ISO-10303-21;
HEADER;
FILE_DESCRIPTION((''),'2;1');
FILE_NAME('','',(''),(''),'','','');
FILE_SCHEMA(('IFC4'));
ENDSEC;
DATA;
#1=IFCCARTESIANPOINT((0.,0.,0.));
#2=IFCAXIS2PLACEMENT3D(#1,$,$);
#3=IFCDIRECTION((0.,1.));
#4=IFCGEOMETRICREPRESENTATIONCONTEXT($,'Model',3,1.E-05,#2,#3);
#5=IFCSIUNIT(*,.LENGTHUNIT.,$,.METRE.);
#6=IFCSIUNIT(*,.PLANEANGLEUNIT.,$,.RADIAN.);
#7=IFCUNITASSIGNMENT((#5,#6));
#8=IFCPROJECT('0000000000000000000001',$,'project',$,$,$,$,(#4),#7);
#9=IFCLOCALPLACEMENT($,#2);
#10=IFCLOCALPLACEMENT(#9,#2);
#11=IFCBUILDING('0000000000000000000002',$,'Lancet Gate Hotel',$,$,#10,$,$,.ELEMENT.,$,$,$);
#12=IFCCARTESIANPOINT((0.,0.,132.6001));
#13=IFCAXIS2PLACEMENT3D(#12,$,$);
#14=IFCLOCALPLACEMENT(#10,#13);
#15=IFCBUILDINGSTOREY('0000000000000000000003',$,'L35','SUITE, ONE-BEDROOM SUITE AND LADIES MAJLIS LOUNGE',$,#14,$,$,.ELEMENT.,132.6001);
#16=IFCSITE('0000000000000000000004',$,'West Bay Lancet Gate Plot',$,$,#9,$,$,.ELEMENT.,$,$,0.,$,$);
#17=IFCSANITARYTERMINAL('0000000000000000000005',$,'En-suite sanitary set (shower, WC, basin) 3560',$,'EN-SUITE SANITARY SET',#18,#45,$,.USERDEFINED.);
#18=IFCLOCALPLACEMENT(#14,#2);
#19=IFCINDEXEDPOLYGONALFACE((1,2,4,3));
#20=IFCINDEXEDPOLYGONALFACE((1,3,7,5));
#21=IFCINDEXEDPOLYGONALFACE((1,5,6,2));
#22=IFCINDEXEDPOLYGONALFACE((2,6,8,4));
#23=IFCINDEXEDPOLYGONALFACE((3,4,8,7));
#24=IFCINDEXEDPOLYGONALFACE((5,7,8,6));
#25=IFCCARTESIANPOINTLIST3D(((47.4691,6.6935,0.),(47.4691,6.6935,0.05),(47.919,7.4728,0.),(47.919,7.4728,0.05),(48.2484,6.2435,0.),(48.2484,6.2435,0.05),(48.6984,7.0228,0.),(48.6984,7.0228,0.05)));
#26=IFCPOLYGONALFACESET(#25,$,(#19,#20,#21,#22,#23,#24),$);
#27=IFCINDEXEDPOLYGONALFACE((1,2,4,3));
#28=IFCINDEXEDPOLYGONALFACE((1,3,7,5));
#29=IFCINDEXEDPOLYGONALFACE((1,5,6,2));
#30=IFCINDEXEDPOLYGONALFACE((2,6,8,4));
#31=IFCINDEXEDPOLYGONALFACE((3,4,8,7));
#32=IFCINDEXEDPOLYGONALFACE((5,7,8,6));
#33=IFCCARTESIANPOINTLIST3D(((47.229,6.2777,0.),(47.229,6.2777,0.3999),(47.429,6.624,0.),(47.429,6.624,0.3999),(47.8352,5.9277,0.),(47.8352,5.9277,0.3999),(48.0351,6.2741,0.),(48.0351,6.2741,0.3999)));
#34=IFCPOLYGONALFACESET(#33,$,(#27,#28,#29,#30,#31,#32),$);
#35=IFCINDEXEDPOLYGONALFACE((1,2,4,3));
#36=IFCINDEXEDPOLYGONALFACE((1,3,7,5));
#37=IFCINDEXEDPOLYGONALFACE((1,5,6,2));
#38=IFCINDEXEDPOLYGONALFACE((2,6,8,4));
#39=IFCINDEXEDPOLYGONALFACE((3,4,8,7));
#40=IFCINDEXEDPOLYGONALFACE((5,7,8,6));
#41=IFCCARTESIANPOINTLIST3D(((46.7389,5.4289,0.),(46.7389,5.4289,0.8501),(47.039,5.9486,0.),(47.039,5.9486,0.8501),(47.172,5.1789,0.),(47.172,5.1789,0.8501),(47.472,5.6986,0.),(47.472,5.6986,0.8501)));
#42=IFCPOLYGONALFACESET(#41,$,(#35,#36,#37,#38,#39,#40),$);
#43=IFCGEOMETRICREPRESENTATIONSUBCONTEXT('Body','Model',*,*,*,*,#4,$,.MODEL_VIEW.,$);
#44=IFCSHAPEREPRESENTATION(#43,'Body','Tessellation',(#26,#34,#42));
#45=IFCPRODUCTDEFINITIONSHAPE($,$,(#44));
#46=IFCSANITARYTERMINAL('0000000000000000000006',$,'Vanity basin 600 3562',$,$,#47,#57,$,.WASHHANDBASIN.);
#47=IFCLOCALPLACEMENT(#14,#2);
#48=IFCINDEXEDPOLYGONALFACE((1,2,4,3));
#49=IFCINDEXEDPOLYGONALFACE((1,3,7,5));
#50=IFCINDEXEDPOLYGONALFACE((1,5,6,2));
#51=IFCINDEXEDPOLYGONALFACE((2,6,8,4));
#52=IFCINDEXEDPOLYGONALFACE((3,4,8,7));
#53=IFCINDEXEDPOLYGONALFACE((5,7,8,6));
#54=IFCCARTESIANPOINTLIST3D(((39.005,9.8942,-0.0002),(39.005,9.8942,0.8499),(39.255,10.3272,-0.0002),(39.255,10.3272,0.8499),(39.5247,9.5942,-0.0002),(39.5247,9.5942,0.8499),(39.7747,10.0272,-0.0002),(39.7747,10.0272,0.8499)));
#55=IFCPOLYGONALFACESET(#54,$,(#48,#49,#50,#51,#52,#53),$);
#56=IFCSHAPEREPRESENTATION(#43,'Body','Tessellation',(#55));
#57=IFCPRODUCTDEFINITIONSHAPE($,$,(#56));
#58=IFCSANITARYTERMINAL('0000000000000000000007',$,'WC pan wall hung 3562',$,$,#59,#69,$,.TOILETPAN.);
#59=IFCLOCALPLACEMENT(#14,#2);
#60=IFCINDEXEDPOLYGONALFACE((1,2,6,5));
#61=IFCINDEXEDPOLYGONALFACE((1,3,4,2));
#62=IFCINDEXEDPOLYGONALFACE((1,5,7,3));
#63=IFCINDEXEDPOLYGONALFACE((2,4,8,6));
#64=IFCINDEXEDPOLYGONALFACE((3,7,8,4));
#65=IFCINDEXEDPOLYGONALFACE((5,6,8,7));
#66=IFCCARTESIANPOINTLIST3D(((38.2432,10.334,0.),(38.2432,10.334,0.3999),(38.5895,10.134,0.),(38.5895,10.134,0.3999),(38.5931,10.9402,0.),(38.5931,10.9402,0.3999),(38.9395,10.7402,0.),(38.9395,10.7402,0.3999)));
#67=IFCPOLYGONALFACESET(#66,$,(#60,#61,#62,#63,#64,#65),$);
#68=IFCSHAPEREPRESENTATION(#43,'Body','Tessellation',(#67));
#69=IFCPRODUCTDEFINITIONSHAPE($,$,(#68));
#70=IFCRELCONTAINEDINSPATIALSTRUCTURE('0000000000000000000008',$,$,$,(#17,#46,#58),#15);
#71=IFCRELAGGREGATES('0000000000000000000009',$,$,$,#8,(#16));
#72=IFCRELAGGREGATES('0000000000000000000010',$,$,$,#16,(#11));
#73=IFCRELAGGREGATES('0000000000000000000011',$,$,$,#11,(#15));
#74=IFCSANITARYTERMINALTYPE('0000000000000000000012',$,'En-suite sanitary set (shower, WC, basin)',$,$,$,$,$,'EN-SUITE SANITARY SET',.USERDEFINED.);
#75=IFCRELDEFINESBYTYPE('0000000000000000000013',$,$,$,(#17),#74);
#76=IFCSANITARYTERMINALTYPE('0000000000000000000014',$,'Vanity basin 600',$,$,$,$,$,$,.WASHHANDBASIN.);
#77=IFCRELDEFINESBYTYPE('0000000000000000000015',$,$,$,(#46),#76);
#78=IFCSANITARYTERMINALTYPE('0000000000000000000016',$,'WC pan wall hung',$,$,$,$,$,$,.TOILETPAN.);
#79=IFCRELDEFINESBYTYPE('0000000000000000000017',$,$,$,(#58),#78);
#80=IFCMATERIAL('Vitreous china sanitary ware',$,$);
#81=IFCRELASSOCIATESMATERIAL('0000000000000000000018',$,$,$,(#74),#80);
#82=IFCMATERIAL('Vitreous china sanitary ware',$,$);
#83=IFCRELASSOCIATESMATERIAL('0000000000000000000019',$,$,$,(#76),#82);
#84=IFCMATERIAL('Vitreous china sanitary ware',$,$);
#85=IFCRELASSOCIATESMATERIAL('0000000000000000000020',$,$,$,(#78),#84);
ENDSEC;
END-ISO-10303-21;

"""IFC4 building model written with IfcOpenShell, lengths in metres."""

from ifc_helpers import new_model, si_unit, direction, frame, origin, origin_2d, place, context, subcontext, project, spatial, rectangle, extrude, material, type_object, element, save


model = new_model("IFC4")

# Units and contexts
model_context = context("Model", 3, precision=1e-05, world=origin(), true_north=direction((0.0, 1.0)))
body_context = subcontext(model_context, "Body", "Model", "MODEL_VIEW")
ifc_project = project(units=[si_unit("LENGTHUNIT", "METRE"), si_unit("PLANEANGLEUNIT", "RADIAN")], contexts=[model_context])

# Site, building, storey
site_placement = place(None, origin())
site = spatial("IfcSite", under=ifc_project, at=site_placement, Name="West Bay Lancet Gate Plot", CompositionType="ELEMENT", RefElevation=0.0)
building_placement = place(site_placement, origin())
building = spatial("IfcBuilding", under=site, at=building_placement, Name="Lancet Gate Hotel", CompositionType="ELEMENT")
storey_placement = place(building_placement, frame((0.0, 0.0, 132.6001)))
storey = spatial("IfcBuildingStorey", under=building, at=storey_placement, Name="L35", Description="SUITE, ONE-BEDROOM SUITE AND LADIES MAJLIS LOUNGE", CompositionType="ELEMENT", Elevation=132.6001)

# Sanitary terminals
ifc_material_1 = material(Name="Vitreous china sanitary ware")
sanitary_terminal_type_1 = type_object("IfcSanitaryTerminalType", Name="En-suite sanitary set (shower, WC, basin)", ElementType="EN-SUITE SANITARY SET", PredefinedType="USERDEFINED", material=ifc_material_1)
sanitary_terminal_1_placement = place(storey_placement, frame((48.0837, 6.8582, 0.0), z_axis=(0.0, 0.0, 1.0), x_axis=(1.0, 0.0, 0.0)))
element("IfcSanitaryTerminal", 1, at=sanitary_terminal_1_placement, inside=storey, type_object=sanitary_terminal_type_1, Name="En-suite sanitary set (shower, WC, basin) 3560", ObjectType="EN-SUITE SANITARY SET", PredefinedType="USERDEFINED", context=body_context, shape_type="SweptSolid", body=[
    extrude(rectangle(XDim=0.8999, YDim=0.8999, at=origin_2d()), frame((0.0, 0.0, 0.0), z_axis=(0.0, 0.0, 1.0), x_axis=(0.5, 0.866025, 0.0)), (0.0, 0.0, 1.0), 0.05),
    extrude(rectangle(XDim=0.3999, YDim=0.7, at=origin_2d()), frame((-0.4517, -0.5823, 0.0), z_axis=(0.0, 0.0, 1.0), x_axis=(0.5, 0.866025, 0.0)), (0.0, 0.0, 1.0), 0.3999),
    extrude(rectangle(XDim=0.6001, YDim=0.5, at=origin_2d()), frame((-0.9783, -1.2944, 0.0), z_axis=(0.0, 0.0, 1.0), x_axis=(0.5, 0.866025, 0.0)), (0.0, 0.0, 1.0), 0.8501),
])
ifc_material_2 = material(Name="Vitreous china sanitary ware")
sanitary_terminal_type_2 = type_object("IfcSanitaryTerminalType", Name="Vanity basin 600", PredefinedType="WASHHANDBASIN", material=ifc_material_2)
sanitary_terminal_2_placement = place(storey_placement, frame((39.3899, 9.9607, -0.0002), z_axis=(0.0, 0.0, 1.0), x_axis=(-0.866025, 0.5, 0.0)))
element("IfcSanitaryTerminal", 2, at=sanitary_terminal_2_placement, inside=storey, type_object=sanitary_terminal_type_2, Name="Vanity basin 600 3562", PredefinedType="WASHHANDBASIN", context=body_context, shape_type="SweptSolid", body=[
    extrude(rectangle(XDim=0.6001, YDim=0.5, at=origin_2d()), origin(), (0.0, 0.0, 1.0), 0.8501),
])
ifc_material_3 = material(Name="Vitreous china sanitary ware")
sanitary_terminal_type_3 = type_object("IfcSanitaryTerminalType", Name="WC pan wall hung", PredefinedType="TOILETPAN", material=ifc_material_3)
sanitary_terminal_3_placement = place(storey_placement, frame((38.5913, 10.5371, 0.0), z_axis=(0.0, 0.0, 1.0), x_axis=(-0.866025, 0.5, 0.0)))
element("IfcSanitaryTerminal", 3, at=sanitary_terminal_3_placement, inside=storey, type_object=sanitary_terminal_type_3, Name="WC pan wall hung 3562", PredefinedType="TOILETPAN", context=body_context, shape_type="SweptSolid", body=[
    extrude(rectangle(XDim=0.3999, YDim=0.7, at=origin_2d()), origin(), (0.0, 0.0, 1.0), 0.3999),
])

save(model, "model.ifc")
